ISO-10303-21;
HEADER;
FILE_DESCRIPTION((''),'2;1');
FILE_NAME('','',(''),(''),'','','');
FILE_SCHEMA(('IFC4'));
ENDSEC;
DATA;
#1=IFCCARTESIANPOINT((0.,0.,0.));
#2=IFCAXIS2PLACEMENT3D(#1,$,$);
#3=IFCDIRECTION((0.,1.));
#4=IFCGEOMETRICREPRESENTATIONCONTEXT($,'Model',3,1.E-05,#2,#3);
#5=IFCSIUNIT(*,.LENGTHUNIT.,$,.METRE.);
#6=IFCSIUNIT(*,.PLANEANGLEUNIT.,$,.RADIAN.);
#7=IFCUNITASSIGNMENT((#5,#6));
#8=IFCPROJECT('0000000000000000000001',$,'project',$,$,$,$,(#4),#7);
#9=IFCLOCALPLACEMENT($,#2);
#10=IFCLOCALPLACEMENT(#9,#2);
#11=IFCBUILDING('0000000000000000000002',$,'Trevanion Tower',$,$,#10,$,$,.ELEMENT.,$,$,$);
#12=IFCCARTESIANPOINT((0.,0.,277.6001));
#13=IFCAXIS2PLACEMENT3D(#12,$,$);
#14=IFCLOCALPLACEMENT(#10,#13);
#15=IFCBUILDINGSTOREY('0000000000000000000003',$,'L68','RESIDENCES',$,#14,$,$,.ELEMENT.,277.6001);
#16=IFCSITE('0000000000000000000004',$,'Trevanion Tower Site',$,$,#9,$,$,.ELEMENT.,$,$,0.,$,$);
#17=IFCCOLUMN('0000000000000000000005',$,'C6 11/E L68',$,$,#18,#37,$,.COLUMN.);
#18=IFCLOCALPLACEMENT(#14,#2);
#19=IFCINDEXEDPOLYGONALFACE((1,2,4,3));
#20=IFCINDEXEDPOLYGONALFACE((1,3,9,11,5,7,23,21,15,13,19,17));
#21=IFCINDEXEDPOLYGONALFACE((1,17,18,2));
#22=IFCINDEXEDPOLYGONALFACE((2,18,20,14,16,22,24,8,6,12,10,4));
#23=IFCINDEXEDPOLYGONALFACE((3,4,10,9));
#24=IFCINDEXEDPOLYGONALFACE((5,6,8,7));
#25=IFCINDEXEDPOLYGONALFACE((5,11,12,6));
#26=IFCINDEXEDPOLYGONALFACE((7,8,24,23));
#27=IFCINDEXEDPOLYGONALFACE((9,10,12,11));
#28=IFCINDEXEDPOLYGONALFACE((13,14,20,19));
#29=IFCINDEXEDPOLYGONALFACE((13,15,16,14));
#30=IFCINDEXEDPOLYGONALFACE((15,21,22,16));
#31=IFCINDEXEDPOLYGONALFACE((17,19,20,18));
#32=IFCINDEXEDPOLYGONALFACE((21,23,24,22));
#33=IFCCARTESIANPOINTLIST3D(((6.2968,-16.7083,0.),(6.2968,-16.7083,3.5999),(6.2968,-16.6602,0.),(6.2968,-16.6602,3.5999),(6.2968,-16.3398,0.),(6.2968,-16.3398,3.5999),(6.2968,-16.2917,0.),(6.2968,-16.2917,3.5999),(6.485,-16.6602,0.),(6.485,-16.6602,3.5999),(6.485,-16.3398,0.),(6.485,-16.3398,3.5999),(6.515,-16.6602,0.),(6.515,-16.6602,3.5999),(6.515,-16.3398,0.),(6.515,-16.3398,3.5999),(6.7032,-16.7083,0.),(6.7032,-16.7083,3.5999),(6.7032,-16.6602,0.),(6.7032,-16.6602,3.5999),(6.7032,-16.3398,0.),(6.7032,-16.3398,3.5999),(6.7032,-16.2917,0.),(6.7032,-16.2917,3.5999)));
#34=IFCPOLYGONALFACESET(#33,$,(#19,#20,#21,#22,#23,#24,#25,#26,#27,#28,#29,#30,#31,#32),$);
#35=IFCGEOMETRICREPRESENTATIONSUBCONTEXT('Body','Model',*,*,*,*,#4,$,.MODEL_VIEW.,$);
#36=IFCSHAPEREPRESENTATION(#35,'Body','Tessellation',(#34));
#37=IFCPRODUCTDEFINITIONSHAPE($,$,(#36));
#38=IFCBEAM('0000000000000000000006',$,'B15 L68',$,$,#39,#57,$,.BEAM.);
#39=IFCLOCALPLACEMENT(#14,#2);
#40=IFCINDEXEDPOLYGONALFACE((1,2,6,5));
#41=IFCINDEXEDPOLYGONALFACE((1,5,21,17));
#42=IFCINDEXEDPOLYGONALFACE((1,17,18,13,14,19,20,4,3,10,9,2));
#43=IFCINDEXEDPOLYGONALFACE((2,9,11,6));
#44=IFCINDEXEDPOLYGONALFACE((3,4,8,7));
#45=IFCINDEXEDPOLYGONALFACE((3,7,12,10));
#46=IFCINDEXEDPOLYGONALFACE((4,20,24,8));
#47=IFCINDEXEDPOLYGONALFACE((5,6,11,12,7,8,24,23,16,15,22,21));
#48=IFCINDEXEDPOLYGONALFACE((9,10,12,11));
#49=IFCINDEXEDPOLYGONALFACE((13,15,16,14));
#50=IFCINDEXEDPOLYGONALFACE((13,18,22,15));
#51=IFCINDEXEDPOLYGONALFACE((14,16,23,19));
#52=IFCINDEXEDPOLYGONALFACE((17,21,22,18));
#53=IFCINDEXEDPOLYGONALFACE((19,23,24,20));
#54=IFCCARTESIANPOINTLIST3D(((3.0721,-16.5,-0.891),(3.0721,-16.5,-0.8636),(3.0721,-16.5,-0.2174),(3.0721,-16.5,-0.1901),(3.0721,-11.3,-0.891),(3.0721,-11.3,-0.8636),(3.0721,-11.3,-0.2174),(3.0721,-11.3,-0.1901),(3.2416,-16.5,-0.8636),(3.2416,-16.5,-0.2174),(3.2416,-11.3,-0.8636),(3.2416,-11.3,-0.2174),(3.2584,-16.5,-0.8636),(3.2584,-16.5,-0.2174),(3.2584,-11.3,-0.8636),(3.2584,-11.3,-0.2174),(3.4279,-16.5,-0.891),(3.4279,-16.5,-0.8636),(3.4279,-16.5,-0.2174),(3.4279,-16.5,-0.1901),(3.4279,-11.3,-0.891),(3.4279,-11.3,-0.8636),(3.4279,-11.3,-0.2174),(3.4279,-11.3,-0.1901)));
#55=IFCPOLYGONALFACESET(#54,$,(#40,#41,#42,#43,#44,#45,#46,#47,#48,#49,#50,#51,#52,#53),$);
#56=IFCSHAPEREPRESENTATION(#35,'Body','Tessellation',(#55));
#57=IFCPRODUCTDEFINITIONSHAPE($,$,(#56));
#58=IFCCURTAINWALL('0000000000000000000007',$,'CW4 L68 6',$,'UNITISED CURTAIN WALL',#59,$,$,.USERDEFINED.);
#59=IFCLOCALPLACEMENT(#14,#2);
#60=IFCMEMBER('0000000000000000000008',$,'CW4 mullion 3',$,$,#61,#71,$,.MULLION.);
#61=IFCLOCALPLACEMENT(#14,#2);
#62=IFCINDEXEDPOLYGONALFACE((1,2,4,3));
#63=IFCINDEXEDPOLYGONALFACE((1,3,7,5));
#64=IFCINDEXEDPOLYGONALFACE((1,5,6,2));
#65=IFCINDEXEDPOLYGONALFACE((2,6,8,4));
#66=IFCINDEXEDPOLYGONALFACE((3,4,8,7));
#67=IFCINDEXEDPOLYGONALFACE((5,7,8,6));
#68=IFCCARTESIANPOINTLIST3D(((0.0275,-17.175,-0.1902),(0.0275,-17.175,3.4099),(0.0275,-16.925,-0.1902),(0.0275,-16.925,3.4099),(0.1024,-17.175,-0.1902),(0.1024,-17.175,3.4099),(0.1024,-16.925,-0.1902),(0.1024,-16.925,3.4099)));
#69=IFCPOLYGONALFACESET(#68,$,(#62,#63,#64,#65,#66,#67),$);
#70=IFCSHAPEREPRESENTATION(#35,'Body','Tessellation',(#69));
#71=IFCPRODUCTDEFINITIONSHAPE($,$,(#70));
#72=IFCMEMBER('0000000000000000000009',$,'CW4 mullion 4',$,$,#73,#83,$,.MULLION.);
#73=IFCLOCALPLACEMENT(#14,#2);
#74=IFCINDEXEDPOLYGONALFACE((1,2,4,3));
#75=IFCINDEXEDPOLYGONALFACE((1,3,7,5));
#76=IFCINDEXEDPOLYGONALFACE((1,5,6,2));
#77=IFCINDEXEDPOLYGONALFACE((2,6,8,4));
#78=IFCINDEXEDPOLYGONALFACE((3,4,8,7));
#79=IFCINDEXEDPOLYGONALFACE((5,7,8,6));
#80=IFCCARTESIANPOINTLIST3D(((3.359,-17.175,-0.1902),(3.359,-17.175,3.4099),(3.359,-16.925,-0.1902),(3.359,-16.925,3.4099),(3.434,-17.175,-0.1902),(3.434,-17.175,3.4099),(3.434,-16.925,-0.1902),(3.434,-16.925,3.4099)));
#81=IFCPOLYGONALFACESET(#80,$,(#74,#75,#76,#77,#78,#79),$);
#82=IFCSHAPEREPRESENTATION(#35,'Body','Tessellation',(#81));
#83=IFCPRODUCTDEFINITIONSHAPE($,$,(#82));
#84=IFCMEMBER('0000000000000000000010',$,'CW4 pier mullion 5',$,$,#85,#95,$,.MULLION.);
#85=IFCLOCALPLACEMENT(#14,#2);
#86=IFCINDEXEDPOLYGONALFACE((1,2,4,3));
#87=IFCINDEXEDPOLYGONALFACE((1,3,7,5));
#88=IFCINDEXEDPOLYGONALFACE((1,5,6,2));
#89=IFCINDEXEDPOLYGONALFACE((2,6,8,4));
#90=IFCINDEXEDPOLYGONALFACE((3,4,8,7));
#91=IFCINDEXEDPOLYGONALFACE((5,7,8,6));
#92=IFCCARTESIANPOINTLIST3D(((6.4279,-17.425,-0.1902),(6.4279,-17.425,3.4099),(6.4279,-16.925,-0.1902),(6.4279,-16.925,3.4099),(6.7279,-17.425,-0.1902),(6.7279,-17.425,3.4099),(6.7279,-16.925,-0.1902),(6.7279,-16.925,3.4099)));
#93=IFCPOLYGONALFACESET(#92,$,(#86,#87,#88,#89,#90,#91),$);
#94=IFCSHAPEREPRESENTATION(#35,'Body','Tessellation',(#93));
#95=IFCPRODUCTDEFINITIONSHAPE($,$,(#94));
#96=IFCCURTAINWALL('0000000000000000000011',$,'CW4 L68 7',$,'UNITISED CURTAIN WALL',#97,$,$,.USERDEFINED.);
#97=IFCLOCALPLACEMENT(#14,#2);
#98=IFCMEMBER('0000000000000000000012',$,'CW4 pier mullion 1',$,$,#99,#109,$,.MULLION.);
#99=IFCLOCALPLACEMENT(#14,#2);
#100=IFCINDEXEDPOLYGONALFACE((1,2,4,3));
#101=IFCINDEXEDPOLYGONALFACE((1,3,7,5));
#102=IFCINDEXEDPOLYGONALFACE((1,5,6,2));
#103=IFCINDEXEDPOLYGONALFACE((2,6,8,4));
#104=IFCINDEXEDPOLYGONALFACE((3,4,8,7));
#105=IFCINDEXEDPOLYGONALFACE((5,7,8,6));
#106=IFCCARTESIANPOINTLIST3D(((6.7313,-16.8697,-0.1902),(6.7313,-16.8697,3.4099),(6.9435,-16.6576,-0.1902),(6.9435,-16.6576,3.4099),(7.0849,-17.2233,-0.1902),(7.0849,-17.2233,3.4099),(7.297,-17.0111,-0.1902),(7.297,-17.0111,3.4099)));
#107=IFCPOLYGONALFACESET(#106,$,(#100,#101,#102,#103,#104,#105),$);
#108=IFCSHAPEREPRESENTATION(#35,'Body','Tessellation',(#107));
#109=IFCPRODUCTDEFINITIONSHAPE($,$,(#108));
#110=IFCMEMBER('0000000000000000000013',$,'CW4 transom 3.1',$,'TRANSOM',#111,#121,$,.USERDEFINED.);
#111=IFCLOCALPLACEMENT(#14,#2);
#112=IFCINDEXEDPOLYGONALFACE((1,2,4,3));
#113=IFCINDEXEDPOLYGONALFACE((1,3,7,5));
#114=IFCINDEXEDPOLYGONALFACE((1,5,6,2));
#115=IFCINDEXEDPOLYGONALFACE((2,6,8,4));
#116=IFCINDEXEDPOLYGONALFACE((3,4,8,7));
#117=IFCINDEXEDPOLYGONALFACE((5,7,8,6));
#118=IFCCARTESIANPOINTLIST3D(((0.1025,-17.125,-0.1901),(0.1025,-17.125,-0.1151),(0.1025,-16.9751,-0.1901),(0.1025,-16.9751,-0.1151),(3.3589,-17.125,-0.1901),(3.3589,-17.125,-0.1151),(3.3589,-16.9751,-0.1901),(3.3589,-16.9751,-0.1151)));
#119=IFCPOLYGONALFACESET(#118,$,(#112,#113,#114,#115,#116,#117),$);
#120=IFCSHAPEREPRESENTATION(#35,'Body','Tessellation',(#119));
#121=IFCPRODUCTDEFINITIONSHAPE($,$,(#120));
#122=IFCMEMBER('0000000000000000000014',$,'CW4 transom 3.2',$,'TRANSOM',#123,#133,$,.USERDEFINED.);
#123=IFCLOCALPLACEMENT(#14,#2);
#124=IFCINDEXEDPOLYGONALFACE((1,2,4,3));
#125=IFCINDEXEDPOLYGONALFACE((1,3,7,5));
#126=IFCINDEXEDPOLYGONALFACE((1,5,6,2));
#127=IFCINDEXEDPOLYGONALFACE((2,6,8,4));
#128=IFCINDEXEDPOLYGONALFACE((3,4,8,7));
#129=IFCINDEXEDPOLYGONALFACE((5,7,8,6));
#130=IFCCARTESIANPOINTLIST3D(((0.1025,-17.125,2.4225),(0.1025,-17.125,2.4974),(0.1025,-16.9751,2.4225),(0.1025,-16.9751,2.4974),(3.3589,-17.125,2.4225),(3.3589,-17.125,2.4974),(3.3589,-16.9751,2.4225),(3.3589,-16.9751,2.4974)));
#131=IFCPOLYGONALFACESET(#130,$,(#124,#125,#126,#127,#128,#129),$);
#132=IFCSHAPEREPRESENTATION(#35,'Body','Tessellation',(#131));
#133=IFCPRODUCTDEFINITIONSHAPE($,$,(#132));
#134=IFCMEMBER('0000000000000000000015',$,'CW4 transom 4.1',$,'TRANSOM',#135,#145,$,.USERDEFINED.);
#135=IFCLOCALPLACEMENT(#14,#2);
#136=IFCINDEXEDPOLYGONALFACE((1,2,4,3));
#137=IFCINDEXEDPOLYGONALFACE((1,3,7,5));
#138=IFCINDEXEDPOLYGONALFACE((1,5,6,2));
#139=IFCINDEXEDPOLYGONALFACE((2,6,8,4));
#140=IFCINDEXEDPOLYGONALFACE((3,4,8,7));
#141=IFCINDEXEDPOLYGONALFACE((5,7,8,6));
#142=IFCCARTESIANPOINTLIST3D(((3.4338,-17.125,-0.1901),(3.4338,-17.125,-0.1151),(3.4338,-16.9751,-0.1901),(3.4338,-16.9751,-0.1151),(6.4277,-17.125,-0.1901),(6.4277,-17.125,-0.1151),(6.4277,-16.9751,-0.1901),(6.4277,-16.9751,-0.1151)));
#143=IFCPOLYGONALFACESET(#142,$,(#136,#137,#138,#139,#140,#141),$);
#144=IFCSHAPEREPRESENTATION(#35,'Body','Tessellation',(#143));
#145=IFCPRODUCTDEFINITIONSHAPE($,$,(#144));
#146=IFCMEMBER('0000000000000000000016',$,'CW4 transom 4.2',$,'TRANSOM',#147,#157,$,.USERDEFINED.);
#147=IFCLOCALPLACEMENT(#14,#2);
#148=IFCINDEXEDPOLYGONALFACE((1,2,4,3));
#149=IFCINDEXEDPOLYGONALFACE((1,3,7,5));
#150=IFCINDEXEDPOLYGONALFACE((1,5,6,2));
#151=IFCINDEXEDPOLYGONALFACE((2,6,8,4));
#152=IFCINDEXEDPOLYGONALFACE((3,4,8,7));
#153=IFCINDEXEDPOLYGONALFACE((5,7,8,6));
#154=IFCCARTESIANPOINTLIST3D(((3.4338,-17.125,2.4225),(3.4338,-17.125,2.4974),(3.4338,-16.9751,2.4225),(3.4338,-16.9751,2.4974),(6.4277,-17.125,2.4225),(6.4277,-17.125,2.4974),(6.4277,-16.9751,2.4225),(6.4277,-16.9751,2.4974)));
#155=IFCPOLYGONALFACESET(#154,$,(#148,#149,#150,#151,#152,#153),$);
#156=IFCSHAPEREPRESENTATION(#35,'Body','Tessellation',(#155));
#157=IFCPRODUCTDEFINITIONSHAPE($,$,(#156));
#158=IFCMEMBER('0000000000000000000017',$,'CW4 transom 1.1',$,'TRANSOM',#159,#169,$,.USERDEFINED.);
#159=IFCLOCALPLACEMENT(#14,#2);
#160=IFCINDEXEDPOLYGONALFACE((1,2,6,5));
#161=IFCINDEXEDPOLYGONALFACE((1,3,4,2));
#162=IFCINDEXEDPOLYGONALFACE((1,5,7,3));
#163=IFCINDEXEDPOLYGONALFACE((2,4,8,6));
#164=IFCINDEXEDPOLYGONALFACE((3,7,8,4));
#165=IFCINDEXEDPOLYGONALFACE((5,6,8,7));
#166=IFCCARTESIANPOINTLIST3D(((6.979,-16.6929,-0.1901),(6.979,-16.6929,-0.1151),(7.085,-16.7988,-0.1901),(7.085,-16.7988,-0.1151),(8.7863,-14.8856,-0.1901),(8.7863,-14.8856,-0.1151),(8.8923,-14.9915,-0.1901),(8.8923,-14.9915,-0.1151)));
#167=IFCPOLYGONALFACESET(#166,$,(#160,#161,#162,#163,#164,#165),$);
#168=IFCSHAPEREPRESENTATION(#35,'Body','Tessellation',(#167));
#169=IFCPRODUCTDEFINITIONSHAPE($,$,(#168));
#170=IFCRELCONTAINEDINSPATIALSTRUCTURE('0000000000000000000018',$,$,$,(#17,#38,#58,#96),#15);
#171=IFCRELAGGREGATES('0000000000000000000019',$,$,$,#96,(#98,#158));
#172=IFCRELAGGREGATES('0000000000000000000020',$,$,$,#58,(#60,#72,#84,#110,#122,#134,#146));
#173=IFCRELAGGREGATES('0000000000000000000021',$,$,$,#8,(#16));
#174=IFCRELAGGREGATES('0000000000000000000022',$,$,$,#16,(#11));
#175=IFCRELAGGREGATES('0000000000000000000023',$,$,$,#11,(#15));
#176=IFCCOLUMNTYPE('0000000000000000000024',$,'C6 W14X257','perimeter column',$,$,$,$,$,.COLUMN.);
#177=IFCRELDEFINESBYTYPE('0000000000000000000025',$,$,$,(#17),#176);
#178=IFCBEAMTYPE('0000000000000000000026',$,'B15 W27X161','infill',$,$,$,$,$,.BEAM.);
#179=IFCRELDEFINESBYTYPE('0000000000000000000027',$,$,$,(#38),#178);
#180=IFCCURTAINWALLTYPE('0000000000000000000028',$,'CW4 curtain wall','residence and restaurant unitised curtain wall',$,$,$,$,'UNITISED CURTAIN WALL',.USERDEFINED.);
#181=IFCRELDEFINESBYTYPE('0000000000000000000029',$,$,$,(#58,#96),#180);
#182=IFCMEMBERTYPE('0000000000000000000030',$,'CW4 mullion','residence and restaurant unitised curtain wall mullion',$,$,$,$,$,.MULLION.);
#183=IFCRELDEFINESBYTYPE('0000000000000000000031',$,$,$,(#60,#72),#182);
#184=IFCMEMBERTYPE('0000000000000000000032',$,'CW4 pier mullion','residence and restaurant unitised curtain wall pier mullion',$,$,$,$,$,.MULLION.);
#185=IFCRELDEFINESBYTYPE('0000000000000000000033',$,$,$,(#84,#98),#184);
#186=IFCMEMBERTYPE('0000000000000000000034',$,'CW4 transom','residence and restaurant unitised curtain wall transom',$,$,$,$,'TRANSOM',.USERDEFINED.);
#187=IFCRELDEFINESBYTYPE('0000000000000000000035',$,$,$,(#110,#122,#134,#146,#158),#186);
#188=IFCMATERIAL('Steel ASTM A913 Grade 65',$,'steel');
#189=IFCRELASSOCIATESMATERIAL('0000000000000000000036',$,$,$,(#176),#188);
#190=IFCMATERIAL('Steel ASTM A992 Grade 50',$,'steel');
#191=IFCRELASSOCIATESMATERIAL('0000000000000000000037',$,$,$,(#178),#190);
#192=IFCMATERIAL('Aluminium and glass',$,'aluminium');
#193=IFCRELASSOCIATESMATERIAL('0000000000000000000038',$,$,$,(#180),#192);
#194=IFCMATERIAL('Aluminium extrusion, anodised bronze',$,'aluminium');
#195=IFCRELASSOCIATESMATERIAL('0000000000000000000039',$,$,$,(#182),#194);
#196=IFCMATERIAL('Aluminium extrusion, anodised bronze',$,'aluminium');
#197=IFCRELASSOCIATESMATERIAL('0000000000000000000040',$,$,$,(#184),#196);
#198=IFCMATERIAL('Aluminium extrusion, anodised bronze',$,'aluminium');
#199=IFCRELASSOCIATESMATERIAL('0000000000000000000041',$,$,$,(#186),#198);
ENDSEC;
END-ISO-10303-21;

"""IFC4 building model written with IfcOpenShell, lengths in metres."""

from ifc_helpers import new_model, si_unit, direction, frame, origin, origin_2d, place, context, subcontext, project, spatial, rectangle, i_section, extrude, material, material_profile, profile_set, type_object, element, aggregate, save


model = new_model("IFC4")

# Units and contexts
model_context = context("Model", 3, precision=1e-05, world=origin(), true_north=direction((0.0, 1.0)))
body_context = subcontext(model_context, "Body", "Model", "MODEL_VIEW")
ifc_project = project(units=[si_unit("LENGTHUNIT", "METRE"), si_unit("PLANEANGLEUNIT", "RADIAN")], contexts=[model_context])

# Site, building, storey
site_placement = place(None, origin())
site = spatial("IfcSite", under=ifc_project, at=site_placement, Name="Trevanion Tower Site", CompositionType="ELEMENT", RefElevation=0.0)
building_placement = place(site_placement, origin())
building = spatial("IfcBuilding", under=site, at=building_placement, Name="Trevanion Tower", CompositionType="ELEMENT")
storey_placement = place(building_placement, frame((0.0, 0.0, 277.6001)))
storey = spatial("IfcBuildingStorey", under=building, at=storey_placement, Name="L68", Description="RESIDENCES", CompositionType="ELEMENT", Elevation=277.6001)

# Column
ifc_material_1 = material(Name="Steel ASTM A913 Grade 65", Category="steel")
ifc_material_profile_1 = material_profile(ifc_material_1, i_section(OverallWidth=0.4065, OverallDepth=0.4165, WebThickness=0.03, FlangeThickness=0.0481, at=origin_2d()), Name="W14X257")
ifc_profile_set_1 = profile_set([ifc_material_profile_1], Name="Steel ASTM A913 Grade 65")
column_type = type_object("IfcColumnType", Name="C6 W14X257", Description="perimeter column", PredefinedType="COLUMN", material=ifc_profile_set_1)
column_placement = place(storey_placement, frame((6.5, -16.5, 0.0), z_axis=(0.0, 0.0, 1.0), x_axis=(1.0, 0.0, 0.0)))
element("IfcColumn", 1, at=column_placement, inside=storey, type_object=column_type, Name="C6 11/E L68", PredefinedType="COLUMN", context=body_context, shape_type="SweptSolid", body=[
    extrude(i_section(OverallWidth=0.4065, OverallDepth=0.4165, WebThickness=0.03, FlangeThickness=0.0481, at=origin_2d()), origin(), (0.0, 0.0, 1.0), 3.5999),
])

# Beam
ifc_material_2 = material(Name="Steel ASTM A992 Grade 50", Category="steel")
ifc_material_profile_2 = material_profile(ifc_material_2, i_section(OverallWidth=0.3557, OverallDepth=0.7009, WebThickness=0.0168, FlangeThickness=0.0273, at=origin_2d()), Name="W27X161")
ifc_profile_set_2 = profile_set([ifc_material_profile_2], Name="Steel ASTM A992 Grade 50")
beam_type_1 = type_object("IfcBeamType", Name="B15 W27X161", Description="infill", PredefinedType="BEAM", material=ifc_profile_set_2)
beam_1_placement = place(storey_placement, frame((3.25, -11.3, -0.5405), z_axis=(0.0, -1.0, 0.0), x_axis=(1.0, 0.0, 0.0)))
element("IfcBeam", 2, at=beam_1_placement, inside=storey, type_object=beam_type_1, Name="B15 L68", PredefinedType="BEAM", context=body_context, shape_type="SweptSolid", body=[
    extrude(i_section(OverallWidth=0.3557, OverallDepth=0.7009, WebThickness=0.0168, FlangeThickness=0.0273, at=origin_2d()), origin(), (0.0, 0.0, 1.0), 5.2),
])

# Curtain wall, members
ifc_material_3 = material(Name="Aluminium and glass", Category="aluminium")
curtain_wall_type = type_object("IfcCurtainWallType", Name="CW4 curtain wall", Description="residence and restaurant unitised curtain wall", ElementType="UNITISED CURTAIN WALL", PredefinedType="USERDEFINED", material=ifc_material_3)
curtain_wall_1_placement = place(storey_placement, origin())
curtain_wall_1 = element("IfcCurtainWall", 3, at=curtain_wall_1_placement, inside=storey, type_object=curtain_wall_type, Name="CW4 L68 6", ObjectType="UNITISED CURTAIN WALL", PredefinedType="USERDEFINED")
ifc_material_4 = material(Name="Aluminium extrusion, anodised bronze", Category="aluminium")
ifc_material_profile_3 = material_profile(ifc_material_4, rectangle(XDim=0.075, YDim=0.25, at=origin_2d()), Name="CW4 mullion")
ifc_profile_set_3 = profile_set([ifc_material_profile_3], Name="Aluminium extrusion, anodised bronze")
member_type_1 = type_object("IfcMemberType", Name="CW4 mullion", Description="residence and restaurant unitised curtain wall mullion", PredefinedType="MULLION", material=ifc_profile_set_3)
member_1_placement = place(storey_placement, frame((0.0649, -17.05, -0.1902), z_axis=(0.0, 0.0, 1.0), x_axis=(1.0, 0.0, 0.0)))
member_1 = element("IfcMember", 4, at=member_1_placement, type_object=member_type_1, Name="CW4 mullion 3", PredefinedType="MULLION", context=body_context, shape_type="SweptSolid", body=[
    extrude(rectangle(XDim=0.075, YDim=0.25, at=origin_2d()), origin(), (0.0, 0.0, 1.0), 3.6001),
])
member_2_placement = place(storey_placement, frame((3.3965, -17.05, -0.1902), z_axis=(0.0, 0.0, 1.0), x_axis=(1.0, 0.0, 0.0)))
member_2 = element("IfcMember", 5, at=member_2_placement, type_object=member_type_1, Name="CW4 mullion 4", PredefinedType="MULLION", context=body_context, shape_type="SweptSolid", body=[
    extrude(rectangle(XDim=0.075, YDim=0.25, at=origin_2d()), origin(), (0.0, 0.0, 1.0), 3.6001),
])
ifc_material_5 = material(Name="Aluminium extrusion, anodised bronze", Category="aluminium")
ifc_material_profile_4 = material_profile(ifc_material_5, rectangle(XDim=0.3, YDim=0.5, at=origin_2d()), Name="CW4 pier mullion")
ifc_profile_set_4 = profile_set([ifc_material_profile_4], Name="Aluminium extrusion, anodised bronze")
member_type_2 = type_object("IfcMemberType", Name="CW4 pier mullion", Description="residence and restaurant unitised curtain wall pier mullion", PredefinedType="MULLION", material=ifc_profile_set_4)
member_3_placement = place(storey_placement, frame((6.5779, -17.175, -0.1902), z_axis=(0.0, 0.0, 1.0), x_axis=(1.0, 0.0, 0.0)))
member_3 = element("IfcMember", 6, at=member_3_placement, type_object=member_type_2, Name="CW4 pier mullion 5", PredefinedType="MULLION", context=body_context, shape_type="SweptSolid", body=[
    extrude(rectangle(XDim=0.3, YDim=0.5, at=origin_2d()), origin(), (0.0, 0.0, 1.0), 3.6001),
])

# Curtain wall, member
curtain_wall_2_placement = place(storey_placement, origin())
curtain_wall_2 = element("IfcCurtainWall", 7, at=curtain_wall_2_placement, inside=storey, type_object=curtain_wall_type, Name="CW4 L68 7", ObjectType="UNITISED CURTAIN WALL", PredefinedType="USERDEFINED")
member_4_placement = place(storey_placement, frame((7.0142, -16.9404, -0.1902), z_axis=(0.0, 0.0, 1.0), x_axis=(0.707107, 0.707107, 0.0)))
member_4 = element("IfcMember", 8, at=member_4_placement, type_object=member_type_2, Name="CW4 pier mullion 1", PredefinedType="MULLION", context=body_context, shape_type="SweptSolid", body=[
    extrude(rectangle(XDim=0.3, YDim=0.5, at=origin_2d()), origin(), (0.0, 0.0, 1.0), 3.6001),
])

# Members
ifc_material_6 = material(Name="Aluminium extrusion, anodised bronze", Category="aluminium")
ifc_material_profile_5 = material_profile(ifc_material_6, rectangle(XDim=0.1499, YDim=0.075, at=origin_2d()), Name="CW4 transom")
ifc_profile_set_5 = profile_set([ifc_material_profile_5], Name="Aluminium extrusion, anodised bronze")
member_type_3 = type_object("IfcMemberType", Name="CW4 transom", Description="residence and restaurant unitised curtain wall transom", ElementType="TRANSOM", PredefinedType="USERDEFINED", material=ifc_profile_set_5)
member_5_placement = place(storey_placement, frame((0.1025, -17.05, -0.1526), z_axis=(1.0, 0.0, 0.0), x_axis=(0.0, 1.0, 0.0)))
member_5 = element("IfcMember", 9, at=member_5_placement, type_object=member_type_3, Name="CW4 transom 3.1", ObjectType="TRANSOM", PredefinedType="USERDEFINED", context=body_context, shape_type="SweptSolid", body=[
    extrude(rectangle(XDim=0.1499, YDim=0.075, at=origin_2d()), origin(), (0.0, 0.0, 1.0), 3.2563),
])
member_6_placement = place(storey_placement, frame((0.1025, -17.05, 2.46), z_axis=(1.0, 0.0, 0.0), x_axis=(0.0, 1.0, 0.0)))
member_6 = element("IfcMember", 10, at=member_6_placement, type_object=member_type_3, Name="CW4 transom 3.2", ObjectType="TRANSOM", PredefinedType="USERDEFINED", context=body_context, shape_type="SweptSolid", body=[
    extrude(rectangle(XDim=0.1499, YDim=0.075, at=origin_2d()), origin(), (0.0, 0.0, 1.0), 3.2563),
])
member_7_placement = place(storey_placement, frame((3.4338, -17.05, -0.1526), z_axis=(1.0, 0.0, 0.0), x_axis=(0.0, 1.0, 0.0)))
member_7 = element("IfcMember", 11, at=member_7_placement, type_object=member_type_3, Name="CW4 transom 4.1", ObjectType="TRANSOM", PredefinedType="USERDEFINED", context=body_context, shape_type="SweptSolid", body=[
    extrude(rectangle(XDim=0.1499, YDim=0.075, at=origin_2d()), origin(), (0.0, 0.0, 1.0), 2.9939),
])
member_8_placement = place(storey_placement, frame((3.4338, -17.05, 2.46), z_axis=(1.0, 0.0, 0.0), x_axis=(0.0, 1.0, 0.0)))
member_8 = element("IfcMember", 12, at=member_8_placement, type_object=member_type_3, Name="CW4 transom 4.2", ObjectType="TRANSOM", PredefinedType="USERDEFINED", context=body_context, shape_type="SweptSolid", body=[
    extrude(rectangle(XDim=0.1499, YDim=0.075, at=origin_2d()), origin(), (0.0, 0.0, 1.0), 2.9939),
])
member_9_placement = place(storey_placement, frame((7.032, -16.7458, -0.1526), z_axis=(0.707107, 0.707107, 0.0), x_axis=(-0.707107, 0.707107, 0.0)))
member_9 = element("IfcMember", 13, at=member_9_placement, type_object=member_type_3, Name="CW4 transom 1.1", ObjectType="TRANSOM", PredefinedType="USERDEFINED", context=body_context, shape_type="SweptSolid", body=[
    extrude(rectangle(XDim=0.1499, YDim=0.075, at=origin_2d()), origin(), (0.0, 0.0, 1.0), 2.5559),
])
aggregate(curtain_wall_2, [member_4, member_9])

aggregate(curtain_wall_1, [member_1, member_2, member_3, member_5, member_6, member_7, member_8])

save(model, "model.ifc")
